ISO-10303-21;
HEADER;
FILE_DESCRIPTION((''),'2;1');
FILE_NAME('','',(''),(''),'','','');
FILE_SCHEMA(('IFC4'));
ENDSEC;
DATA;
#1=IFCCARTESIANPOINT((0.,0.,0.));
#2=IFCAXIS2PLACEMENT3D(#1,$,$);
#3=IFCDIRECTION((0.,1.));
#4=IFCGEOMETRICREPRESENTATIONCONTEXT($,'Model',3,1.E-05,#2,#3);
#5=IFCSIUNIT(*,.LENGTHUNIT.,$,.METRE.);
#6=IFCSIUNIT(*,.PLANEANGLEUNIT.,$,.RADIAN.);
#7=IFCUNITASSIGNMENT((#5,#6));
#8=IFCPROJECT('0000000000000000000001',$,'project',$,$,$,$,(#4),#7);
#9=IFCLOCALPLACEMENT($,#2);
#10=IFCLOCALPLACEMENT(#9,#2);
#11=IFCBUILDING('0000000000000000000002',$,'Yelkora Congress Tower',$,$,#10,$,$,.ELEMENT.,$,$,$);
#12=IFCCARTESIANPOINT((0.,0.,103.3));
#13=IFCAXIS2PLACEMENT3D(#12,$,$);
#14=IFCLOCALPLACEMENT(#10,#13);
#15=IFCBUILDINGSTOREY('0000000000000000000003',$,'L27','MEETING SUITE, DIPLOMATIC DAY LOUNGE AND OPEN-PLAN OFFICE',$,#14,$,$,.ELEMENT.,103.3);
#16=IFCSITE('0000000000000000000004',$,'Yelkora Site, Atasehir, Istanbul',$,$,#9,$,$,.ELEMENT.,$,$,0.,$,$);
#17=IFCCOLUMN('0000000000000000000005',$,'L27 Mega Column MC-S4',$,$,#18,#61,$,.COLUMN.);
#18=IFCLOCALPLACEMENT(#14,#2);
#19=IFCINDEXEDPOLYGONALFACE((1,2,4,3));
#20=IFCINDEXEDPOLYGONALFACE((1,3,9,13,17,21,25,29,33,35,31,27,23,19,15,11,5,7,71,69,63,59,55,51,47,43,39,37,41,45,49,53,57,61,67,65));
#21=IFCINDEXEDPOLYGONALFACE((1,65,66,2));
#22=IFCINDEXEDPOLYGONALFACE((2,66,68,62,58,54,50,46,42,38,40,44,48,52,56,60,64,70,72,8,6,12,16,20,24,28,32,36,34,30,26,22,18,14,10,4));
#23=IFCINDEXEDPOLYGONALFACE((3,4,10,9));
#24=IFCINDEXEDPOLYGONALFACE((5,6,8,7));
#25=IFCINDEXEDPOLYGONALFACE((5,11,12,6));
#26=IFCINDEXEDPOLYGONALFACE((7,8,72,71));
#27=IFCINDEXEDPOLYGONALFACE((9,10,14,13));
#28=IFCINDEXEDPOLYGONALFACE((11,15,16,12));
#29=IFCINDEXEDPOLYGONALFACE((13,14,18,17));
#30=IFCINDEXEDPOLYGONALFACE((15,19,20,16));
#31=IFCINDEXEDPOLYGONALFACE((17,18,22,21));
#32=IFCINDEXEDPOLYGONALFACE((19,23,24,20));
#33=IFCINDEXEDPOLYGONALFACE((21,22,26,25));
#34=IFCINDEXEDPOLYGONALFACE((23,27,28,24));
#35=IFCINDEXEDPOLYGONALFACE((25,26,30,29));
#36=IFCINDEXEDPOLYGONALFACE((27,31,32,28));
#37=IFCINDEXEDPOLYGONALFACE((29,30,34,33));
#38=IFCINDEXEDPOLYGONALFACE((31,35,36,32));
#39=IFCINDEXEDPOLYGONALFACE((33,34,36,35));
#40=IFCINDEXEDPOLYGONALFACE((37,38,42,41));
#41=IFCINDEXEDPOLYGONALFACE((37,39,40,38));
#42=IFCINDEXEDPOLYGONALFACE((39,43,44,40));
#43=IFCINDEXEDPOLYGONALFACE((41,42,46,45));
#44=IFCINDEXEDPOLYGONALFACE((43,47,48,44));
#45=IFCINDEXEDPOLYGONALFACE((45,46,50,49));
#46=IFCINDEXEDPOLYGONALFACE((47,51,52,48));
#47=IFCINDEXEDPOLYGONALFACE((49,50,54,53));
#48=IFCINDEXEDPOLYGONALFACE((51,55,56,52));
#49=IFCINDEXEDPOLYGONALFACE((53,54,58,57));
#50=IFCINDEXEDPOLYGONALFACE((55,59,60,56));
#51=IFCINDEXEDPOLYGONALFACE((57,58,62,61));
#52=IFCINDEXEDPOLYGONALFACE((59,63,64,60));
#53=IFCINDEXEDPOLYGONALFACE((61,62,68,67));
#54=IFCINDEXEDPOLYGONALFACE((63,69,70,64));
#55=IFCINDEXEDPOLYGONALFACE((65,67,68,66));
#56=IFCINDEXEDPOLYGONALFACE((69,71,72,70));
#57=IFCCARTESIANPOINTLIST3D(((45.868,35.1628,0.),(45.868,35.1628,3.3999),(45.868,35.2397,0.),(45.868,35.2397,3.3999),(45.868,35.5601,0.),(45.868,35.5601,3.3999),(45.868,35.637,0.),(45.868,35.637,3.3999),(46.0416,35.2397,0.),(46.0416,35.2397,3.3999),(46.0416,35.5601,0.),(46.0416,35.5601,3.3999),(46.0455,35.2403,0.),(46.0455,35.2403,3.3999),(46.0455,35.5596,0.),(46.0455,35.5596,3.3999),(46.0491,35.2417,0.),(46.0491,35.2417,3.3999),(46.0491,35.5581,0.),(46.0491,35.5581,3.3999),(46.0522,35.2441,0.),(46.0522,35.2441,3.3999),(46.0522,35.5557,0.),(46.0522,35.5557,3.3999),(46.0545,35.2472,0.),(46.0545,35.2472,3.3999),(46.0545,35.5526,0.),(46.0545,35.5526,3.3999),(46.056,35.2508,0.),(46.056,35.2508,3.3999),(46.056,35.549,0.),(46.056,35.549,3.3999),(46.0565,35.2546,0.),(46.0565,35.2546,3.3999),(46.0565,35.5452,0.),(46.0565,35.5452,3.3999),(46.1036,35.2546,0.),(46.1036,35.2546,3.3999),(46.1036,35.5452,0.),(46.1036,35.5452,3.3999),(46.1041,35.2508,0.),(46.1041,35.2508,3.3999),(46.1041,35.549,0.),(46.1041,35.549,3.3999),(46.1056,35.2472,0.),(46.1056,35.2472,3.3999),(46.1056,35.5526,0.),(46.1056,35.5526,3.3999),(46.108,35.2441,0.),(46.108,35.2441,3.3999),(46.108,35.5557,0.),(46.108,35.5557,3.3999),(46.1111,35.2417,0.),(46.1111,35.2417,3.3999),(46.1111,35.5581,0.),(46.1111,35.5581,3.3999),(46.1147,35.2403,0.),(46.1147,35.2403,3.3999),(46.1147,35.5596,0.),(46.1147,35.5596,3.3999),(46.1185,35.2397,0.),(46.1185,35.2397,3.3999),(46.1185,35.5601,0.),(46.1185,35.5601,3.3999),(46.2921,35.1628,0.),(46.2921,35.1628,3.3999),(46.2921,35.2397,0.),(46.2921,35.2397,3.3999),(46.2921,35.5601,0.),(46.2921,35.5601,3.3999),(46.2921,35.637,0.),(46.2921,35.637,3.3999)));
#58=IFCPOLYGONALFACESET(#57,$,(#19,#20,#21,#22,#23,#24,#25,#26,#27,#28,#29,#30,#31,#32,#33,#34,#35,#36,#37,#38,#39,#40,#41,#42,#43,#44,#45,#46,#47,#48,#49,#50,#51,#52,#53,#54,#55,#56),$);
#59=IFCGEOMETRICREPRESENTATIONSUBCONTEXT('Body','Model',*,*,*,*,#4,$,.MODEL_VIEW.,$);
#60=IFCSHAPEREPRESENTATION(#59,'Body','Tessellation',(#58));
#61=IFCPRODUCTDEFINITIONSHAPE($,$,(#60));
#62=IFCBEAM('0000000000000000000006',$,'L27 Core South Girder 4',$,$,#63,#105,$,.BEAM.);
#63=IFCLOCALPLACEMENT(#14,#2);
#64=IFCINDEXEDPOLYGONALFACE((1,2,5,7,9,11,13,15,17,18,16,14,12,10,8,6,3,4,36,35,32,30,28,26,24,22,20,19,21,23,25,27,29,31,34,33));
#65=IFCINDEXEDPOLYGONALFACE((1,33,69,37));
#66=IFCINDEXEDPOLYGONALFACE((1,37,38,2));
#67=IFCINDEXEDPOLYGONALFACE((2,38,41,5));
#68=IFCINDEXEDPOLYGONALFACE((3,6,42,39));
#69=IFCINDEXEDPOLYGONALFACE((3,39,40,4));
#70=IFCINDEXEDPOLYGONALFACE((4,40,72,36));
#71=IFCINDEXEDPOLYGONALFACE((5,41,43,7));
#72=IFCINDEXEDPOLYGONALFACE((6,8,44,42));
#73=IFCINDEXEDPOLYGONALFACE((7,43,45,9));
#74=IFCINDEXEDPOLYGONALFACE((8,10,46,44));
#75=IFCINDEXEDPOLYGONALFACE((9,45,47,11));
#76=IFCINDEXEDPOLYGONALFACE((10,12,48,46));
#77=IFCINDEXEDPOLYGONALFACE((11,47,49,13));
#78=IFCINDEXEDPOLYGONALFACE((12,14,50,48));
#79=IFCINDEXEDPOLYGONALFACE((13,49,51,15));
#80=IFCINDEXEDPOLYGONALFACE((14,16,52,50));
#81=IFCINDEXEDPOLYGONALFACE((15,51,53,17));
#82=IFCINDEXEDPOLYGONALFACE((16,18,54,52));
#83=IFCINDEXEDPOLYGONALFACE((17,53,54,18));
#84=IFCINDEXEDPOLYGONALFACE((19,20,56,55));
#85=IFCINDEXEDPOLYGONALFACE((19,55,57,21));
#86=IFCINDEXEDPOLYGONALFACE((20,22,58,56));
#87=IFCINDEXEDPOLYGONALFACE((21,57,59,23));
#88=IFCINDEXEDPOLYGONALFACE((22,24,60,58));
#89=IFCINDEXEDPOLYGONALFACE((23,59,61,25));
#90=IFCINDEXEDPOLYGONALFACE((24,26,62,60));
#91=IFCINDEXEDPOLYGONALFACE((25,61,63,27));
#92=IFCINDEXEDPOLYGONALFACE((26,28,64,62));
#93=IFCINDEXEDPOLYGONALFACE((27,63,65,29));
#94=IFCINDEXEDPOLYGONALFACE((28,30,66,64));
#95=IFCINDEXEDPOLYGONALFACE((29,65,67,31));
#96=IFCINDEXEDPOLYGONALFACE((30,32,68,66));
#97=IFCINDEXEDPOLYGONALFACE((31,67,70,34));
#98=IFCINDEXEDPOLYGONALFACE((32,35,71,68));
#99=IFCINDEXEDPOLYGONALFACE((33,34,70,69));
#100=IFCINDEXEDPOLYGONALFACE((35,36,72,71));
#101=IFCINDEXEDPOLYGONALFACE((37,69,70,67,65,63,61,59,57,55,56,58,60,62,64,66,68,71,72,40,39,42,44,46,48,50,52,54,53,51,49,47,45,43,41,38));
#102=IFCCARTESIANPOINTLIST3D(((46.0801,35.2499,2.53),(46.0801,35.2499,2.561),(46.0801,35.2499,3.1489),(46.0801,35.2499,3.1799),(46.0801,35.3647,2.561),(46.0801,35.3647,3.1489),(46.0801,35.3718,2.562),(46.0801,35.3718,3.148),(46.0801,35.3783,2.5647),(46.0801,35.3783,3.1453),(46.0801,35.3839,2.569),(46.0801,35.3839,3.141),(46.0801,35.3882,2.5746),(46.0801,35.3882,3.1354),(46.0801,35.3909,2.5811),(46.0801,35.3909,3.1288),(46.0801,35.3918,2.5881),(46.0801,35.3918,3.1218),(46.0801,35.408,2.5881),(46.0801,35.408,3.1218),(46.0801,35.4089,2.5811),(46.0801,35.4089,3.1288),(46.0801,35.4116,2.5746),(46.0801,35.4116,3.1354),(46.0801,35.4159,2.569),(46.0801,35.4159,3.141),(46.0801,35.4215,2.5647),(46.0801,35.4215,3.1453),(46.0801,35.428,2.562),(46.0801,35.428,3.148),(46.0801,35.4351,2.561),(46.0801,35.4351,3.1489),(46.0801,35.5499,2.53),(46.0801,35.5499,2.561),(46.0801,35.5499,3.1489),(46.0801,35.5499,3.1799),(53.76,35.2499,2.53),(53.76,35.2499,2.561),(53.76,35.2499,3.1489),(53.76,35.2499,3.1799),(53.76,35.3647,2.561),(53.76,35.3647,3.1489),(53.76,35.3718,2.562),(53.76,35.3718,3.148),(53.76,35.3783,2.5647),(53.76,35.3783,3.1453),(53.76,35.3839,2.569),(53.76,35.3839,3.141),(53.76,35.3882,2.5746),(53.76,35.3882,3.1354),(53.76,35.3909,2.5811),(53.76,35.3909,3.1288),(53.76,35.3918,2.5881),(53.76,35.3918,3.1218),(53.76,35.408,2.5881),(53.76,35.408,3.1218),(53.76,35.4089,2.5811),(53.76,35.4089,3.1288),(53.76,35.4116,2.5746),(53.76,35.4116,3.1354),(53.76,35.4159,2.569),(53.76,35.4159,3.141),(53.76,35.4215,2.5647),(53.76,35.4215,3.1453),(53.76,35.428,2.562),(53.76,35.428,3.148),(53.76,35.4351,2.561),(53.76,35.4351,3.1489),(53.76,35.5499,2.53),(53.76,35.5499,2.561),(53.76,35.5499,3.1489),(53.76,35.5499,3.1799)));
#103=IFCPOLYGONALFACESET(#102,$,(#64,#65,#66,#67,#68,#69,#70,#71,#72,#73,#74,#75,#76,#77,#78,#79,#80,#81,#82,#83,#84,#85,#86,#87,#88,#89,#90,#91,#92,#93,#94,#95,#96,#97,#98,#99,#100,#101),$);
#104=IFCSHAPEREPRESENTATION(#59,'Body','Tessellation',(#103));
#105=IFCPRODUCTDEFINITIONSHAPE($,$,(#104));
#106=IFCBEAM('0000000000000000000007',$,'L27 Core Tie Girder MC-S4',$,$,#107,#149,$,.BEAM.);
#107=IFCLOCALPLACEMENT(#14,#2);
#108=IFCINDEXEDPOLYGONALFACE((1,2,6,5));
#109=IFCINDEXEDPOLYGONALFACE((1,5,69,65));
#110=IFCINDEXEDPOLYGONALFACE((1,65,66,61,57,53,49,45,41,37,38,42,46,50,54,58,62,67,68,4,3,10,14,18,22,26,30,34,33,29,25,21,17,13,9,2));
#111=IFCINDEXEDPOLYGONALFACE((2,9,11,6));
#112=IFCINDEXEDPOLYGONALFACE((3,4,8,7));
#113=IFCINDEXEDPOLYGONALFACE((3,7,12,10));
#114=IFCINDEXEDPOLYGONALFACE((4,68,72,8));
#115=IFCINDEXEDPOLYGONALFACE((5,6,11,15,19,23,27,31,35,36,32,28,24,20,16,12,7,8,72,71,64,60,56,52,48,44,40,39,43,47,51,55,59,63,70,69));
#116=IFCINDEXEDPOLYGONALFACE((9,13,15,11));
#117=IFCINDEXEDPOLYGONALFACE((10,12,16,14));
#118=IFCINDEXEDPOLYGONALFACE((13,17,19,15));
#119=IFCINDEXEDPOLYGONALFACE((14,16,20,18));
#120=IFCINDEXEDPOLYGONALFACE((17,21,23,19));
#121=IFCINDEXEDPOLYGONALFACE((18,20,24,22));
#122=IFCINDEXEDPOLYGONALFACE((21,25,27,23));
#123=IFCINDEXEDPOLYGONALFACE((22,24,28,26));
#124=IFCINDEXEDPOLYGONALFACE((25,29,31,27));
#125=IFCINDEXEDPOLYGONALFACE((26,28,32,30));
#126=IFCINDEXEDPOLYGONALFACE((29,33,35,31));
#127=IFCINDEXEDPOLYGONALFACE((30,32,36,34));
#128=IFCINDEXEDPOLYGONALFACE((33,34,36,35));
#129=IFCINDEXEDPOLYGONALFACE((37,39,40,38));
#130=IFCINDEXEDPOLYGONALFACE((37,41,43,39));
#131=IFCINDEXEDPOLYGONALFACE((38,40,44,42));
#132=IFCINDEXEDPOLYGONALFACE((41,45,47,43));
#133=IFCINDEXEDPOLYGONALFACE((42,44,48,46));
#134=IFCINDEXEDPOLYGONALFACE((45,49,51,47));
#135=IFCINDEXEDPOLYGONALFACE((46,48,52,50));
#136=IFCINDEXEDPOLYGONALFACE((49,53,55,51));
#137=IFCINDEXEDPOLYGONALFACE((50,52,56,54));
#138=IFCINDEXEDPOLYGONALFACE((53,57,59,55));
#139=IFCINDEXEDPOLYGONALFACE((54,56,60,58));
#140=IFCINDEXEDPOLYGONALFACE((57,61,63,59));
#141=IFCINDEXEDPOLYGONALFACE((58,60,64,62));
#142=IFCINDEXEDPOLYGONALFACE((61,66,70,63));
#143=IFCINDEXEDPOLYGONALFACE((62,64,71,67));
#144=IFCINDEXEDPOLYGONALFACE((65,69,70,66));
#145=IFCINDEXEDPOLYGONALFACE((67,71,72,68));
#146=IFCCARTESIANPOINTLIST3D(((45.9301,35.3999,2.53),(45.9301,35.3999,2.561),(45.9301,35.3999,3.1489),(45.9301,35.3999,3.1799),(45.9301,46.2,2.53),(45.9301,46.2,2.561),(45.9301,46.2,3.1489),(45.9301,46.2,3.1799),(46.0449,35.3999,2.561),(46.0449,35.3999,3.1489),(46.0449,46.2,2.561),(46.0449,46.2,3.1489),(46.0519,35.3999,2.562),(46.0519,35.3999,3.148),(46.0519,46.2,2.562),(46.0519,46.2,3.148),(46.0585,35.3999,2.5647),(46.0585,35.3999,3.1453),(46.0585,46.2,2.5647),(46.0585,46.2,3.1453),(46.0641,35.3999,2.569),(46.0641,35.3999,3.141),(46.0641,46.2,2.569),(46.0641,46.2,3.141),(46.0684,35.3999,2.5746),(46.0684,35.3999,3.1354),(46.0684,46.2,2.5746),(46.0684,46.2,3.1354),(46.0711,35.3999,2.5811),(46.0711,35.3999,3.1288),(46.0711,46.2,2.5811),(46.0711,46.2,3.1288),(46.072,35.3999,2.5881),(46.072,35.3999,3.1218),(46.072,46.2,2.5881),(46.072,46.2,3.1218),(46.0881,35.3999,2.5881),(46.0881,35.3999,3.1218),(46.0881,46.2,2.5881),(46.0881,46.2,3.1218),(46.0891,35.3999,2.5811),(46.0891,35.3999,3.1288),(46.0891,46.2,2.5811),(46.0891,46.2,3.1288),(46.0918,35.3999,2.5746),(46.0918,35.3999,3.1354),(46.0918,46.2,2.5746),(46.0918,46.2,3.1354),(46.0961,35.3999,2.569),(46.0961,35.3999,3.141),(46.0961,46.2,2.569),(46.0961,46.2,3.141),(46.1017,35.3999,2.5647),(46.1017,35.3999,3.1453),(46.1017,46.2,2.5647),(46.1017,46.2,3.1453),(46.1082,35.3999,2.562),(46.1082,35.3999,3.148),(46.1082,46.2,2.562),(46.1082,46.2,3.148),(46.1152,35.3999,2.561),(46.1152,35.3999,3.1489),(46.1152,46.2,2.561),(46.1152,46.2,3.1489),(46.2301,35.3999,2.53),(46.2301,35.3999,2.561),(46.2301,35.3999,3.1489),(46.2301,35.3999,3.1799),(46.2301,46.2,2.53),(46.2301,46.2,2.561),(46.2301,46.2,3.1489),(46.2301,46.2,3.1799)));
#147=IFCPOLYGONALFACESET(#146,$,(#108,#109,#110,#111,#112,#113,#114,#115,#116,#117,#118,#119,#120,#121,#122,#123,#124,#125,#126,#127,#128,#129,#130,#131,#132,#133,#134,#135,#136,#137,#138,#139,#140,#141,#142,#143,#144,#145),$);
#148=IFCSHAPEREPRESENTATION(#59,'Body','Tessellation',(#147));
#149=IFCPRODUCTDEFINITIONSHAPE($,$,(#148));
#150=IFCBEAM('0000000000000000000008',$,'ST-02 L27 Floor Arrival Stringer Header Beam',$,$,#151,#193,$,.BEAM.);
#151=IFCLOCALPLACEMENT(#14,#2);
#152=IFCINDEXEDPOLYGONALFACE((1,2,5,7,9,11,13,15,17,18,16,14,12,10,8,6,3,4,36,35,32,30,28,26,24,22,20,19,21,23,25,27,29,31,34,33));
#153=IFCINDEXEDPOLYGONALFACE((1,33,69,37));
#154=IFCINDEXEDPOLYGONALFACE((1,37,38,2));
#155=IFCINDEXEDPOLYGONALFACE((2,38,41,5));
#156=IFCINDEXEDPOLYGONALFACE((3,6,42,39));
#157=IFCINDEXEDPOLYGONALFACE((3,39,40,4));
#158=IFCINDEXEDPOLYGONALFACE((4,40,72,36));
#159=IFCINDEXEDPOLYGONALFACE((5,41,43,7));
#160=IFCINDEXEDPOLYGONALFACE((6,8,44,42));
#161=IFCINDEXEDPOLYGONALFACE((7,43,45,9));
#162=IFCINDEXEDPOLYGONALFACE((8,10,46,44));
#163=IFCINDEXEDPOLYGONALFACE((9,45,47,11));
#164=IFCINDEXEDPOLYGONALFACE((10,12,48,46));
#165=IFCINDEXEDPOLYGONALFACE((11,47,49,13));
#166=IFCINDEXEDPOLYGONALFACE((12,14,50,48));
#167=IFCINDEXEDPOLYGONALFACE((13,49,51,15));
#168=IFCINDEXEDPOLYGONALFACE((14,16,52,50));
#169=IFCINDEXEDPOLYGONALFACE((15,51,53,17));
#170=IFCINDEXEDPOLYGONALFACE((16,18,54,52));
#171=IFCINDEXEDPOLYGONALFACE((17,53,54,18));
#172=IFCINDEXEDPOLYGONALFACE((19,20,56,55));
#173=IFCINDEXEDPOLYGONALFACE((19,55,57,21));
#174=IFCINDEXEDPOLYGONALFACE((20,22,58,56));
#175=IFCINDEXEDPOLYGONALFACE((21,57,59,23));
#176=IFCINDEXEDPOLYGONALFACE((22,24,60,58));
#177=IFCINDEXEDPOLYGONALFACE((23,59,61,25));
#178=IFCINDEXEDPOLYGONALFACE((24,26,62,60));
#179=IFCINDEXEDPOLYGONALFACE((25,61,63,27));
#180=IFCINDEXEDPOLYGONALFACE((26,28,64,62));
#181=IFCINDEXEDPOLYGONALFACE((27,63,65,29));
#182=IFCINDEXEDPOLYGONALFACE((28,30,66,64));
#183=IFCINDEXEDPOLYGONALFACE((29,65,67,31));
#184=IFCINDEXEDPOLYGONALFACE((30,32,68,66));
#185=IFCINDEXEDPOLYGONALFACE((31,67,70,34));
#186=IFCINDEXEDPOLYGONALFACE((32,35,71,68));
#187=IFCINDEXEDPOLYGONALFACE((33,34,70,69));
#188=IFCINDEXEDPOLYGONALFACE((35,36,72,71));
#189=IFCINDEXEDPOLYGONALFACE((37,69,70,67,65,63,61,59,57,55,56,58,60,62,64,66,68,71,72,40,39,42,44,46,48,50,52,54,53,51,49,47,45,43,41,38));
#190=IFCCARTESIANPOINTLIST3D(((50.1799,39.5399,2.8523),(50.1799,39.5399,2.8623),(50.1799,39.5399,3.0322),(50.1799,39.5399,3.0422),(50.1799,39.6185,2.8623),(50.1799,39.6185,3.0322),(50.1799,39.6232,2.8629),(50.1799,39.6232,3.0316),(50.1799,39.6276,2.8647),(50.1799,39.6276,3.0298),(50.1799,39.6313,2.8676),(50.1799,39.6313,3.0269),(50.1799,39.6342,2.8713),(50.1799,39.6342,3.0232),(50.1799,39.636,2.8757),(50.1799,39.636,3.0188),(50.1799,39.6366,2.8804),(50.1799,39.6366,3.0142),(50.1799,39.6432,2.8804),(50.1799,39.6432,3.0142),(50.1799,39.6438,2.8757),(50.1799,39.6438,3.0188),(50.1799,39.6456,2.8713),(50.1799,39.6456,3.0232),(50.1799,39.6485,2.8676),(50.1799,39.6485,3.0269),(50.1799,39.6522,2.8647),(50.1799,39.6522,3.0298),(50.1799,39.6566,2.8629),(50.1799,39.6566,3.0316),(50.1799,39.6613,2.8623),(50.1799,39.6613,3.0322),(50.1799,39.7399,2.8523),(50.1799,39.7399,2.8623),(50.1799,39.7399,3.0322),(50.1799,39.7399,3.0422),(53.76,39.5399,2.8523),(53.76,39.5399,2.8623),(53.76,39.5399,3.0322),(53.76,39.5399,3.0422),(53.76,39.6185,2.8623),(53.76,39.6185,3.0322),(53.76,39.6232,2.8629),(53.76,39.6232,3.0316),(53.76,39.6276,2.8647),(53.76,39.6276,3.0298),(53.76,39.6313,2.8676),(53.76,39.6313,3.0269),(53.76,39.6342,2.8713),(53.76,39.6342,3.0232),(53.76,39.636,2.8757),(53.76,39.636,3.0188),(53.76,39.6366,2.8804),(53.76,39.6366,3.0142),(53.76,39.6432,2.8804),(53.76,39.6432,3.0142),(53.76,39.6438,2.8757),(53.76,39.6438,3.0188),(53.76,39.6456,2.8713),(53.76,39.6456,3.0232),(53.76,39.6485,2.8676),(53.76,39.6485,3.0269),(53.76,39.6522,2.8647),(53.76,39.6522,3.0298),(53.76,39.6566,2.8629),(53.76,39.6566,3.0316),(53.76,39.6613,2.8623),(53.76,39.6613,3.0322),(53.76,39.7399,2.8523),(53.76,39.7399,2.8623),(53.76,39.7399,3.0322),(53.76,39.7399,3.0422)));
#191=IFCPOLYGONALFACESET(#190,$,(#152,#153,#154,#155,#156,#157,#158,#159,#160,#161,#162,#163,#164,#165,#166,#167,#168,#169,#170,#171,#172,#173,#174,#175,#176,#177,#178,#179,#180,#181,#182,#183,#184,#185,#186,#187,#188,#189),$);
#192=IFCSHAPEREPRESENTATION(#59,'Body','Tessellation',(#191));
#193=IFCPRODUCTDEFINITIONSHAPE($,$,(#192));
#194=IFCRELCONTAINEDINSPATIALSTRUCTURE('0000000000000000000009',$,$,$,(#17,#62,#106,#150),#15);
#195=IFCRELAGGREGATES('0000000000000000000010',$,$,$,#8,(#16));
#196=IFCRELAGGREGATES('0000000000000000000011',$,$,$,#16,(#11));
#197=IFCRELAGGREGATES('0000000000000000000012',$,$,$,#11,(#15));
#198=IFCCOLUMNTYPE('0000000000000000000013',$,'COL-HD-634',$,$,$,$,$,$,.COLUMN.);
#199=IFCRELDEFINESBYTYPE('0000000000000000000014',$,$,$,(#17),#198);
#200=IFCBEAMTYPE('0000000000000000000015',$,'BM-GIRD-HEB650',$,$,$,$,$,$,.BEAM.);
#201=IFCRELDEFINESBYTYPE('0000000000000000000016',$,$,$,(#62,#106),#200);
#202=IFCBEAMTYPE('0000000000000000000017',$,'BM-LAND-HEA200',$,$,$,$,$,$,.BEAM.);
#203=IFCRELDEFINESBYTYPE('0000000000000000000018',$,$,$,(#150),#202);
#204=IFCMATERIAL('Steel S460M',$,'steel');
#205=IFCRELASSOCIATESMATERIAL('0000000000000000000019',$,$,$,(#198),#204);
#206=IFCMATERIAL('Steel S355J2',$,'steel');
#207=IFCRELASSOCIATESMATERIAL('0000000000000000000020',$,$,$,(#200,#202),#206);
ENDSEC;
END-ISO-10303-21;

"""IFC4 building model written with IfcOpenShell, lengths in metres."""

from ifc_helpers import new_model, si_unit, direction, frame, origin, origin_2d, place, context, subcontext, project, spatial, i_section, extrude, material, material_profile, profile_set, type_object, element, save


model = new_model("IFC4")

# Units and contexts
model_context = context("Model", 3, precision=1e-05, world=origin(), true_north=direction((0.0, 1.0)))
body_context = subcontext(model_context, "Body", "Model", "MODEL_VIEW")
ifc_project = project(units=[si_unit("LENGTHUNIT", "METRE"), si_unit("PLANEANGLEUNIT", "RADIAN")], contexts=[model_context])

# Site, building, storey
site_placement = place(None, origin())
site = spatial("IfcSite", under=ifc_project, at=site_placement, Name="Yelkora Site, Atasehir, Istanbul", CompositionType="ELEMENT", RefElevation=0.0)
building_placement = place(site_placement, origin())
building = spatial("IfcBuilding", under=site, at=building_placement, Name="Yelkora Congress Tower", CompositionType="ELEMENT")
storey_placement = place(building_placement, frame((0.0, 0.0, 103.3)))
storey = spatial("IfcBuildingStorey", under=building, at=storey_placement, Name="L27", Description="MEETING SUITE, DIPLOMATIC DAY LOUNGE AND OPEN-PLAN OFFICE", CompositionType="ELEMENT", Elevation=103.3)

# Column
ifc_material_1 = material(Name="Steel S460M", Category="steel")
ifc_material_profile_1 = material_profile(ifc_material_1, i_section(OverallWidth=0.4241, OverallDepth=0.4741, WebThickness=0.0471, FlangeThickness=0.0769, FilletRadius=0.0149, at=origin_2d()), Name="HD 400x634")
ifc_profile_set_1 = profile_set([ifc_material_profile_1], Name="Steel S460M")
column_type = type_object("IfcColumnType", Name="COL-HD-634", PredefinedType="COLUMN", material=ifc_profile_set_1)
column_placement = place(storey_placement, frame((46.0801, 35.3999, 0.0), z_axis=(0.0, 0.0, 1.0), x_axis=(1.0, 0.0, 0.0)))
element("IfcColumn", 1, at=column_placement, inside=storey, type_object=column_type, Name="L27 Mega Column MC-S4", PredefinedType="COLUMN", context=body_context, shape_type="SweptSolid", body=[
    extrude(i_section(OverallWidth=0.4241, OverallDepth=0.4741, WebThickness=0.0471, FlangeThickness=0.0769, FilletRadius=0.0149, at=origin_2d()), origin(), (0.0, 0.0, 1.0), 3.3999),
])

# Beams
ifc_material_2 = material(Name="Steel S355J2", Category="steel")
ifc_material_profile_2 = material_profile(ifc_material_2, i_section(OverallWidth=0.3, OverallDepth=0.6499, WebThickness=0.0161, FlangeThickness=0.031, FilletRadius=0.0271, at=origin_2d()), Name="HEB 650")
ifc_profile_set_2 = profile_set([ifc_material_profile_2], Name="Steel S355J2")
beam_type_1 = type_object("IfcBeamType", Name="BM-GIRD-HEB650", PredefinedType="BEAM", material=ifc_profile_set_2)
beam_1_placement = place(storey_placement, frame((46.0801, 35.3999, 2.855), z_axis=(1.0, 0.0, 0.0), x_axis=(0.0, 1.0, 0.0)))
element("IfcBeam", 2, at=beam_1_placement, inside=storey, type_object=beam_type_1, Name="L27 Core South Girder 4", PredefinedType="BEAM", context=body_context, shape_type="SweptSolid", body=[
    extrude(i_section(OverallWidth=0.3, OverallDepth=0.6499, WebThickness=0.0161, FlangeThickness=0.031, FilletRadius=0.0271, at=origin_2d()), origin(), (0.0, 0.0, 1.0), 7.6799),
])
beam_2_placement = place(storey_placement, frame((46.0801, 35.3999, 2.855), z_axis=(0.0, 1.0, 0.0), x_axis=(-1.0, 0.0, 0.0)))
element("IfcBeam", 3, at=beam_2_placement, inside=storey, type_object=beam_type_1, Name="L27 Core Tie Girder MC-S4", PredefinedType="BEAM", context=body_context, shape_type="SweptSolid", body=[
    extrude(i_section(OverallWidth=0.3, OverallDepth=0.6499, WebThickness=0.0161, FlangeThickness=0.031, FilletRadius=0.0271, at=origin_2d()), origin(), (0.0, 0.0, 1.0), 10.8),
])
ifc_material_profile_3 = material_profile(ifc_material_2, i_section(OverallWidth=0.2, OverallDepth=0.1899, WebThickness=0.0066, FlangeThickness=0.01, FilletRadius=0.0181, at=origin_2d()), Name="HEA 200")
ifc_profile_set_3 = profile_set([ifc_material_profile_3], Name="Steel S355J2")
beam_type_2 = type_object("IfcBeamType", Name="BM-LAND-HEA200", PredefinedType="BEAM", material=ifc_profile_set_3)
beam_3_placement = place(storey_placement, frame((50.1799, 39.6399, 2.9473), z_axis=(1.0, 0.0, 0.0), x_axis=(0.0, 1.0, 0.0)))
element("IfcBeam", 4, at=beam_3_placement, inside=storey, type_object=beam_type_2, Name="ST-02 L27 Floor Arrival Stringer Header Beam", PredefinedType="BEAM", context=body_context, shape_type="SweptSolid", body=[
    extrude(i_section(OverallWidth=0.2, OverallDepth=0.1899, WebThickness=0.0066, FlangeThickness=0.01, FilletRadius=0.0181, at=origin_2d()), origin(), (0.0, 0.0, 1.0), 3.5801),
])

save(model, "model.ifc")
